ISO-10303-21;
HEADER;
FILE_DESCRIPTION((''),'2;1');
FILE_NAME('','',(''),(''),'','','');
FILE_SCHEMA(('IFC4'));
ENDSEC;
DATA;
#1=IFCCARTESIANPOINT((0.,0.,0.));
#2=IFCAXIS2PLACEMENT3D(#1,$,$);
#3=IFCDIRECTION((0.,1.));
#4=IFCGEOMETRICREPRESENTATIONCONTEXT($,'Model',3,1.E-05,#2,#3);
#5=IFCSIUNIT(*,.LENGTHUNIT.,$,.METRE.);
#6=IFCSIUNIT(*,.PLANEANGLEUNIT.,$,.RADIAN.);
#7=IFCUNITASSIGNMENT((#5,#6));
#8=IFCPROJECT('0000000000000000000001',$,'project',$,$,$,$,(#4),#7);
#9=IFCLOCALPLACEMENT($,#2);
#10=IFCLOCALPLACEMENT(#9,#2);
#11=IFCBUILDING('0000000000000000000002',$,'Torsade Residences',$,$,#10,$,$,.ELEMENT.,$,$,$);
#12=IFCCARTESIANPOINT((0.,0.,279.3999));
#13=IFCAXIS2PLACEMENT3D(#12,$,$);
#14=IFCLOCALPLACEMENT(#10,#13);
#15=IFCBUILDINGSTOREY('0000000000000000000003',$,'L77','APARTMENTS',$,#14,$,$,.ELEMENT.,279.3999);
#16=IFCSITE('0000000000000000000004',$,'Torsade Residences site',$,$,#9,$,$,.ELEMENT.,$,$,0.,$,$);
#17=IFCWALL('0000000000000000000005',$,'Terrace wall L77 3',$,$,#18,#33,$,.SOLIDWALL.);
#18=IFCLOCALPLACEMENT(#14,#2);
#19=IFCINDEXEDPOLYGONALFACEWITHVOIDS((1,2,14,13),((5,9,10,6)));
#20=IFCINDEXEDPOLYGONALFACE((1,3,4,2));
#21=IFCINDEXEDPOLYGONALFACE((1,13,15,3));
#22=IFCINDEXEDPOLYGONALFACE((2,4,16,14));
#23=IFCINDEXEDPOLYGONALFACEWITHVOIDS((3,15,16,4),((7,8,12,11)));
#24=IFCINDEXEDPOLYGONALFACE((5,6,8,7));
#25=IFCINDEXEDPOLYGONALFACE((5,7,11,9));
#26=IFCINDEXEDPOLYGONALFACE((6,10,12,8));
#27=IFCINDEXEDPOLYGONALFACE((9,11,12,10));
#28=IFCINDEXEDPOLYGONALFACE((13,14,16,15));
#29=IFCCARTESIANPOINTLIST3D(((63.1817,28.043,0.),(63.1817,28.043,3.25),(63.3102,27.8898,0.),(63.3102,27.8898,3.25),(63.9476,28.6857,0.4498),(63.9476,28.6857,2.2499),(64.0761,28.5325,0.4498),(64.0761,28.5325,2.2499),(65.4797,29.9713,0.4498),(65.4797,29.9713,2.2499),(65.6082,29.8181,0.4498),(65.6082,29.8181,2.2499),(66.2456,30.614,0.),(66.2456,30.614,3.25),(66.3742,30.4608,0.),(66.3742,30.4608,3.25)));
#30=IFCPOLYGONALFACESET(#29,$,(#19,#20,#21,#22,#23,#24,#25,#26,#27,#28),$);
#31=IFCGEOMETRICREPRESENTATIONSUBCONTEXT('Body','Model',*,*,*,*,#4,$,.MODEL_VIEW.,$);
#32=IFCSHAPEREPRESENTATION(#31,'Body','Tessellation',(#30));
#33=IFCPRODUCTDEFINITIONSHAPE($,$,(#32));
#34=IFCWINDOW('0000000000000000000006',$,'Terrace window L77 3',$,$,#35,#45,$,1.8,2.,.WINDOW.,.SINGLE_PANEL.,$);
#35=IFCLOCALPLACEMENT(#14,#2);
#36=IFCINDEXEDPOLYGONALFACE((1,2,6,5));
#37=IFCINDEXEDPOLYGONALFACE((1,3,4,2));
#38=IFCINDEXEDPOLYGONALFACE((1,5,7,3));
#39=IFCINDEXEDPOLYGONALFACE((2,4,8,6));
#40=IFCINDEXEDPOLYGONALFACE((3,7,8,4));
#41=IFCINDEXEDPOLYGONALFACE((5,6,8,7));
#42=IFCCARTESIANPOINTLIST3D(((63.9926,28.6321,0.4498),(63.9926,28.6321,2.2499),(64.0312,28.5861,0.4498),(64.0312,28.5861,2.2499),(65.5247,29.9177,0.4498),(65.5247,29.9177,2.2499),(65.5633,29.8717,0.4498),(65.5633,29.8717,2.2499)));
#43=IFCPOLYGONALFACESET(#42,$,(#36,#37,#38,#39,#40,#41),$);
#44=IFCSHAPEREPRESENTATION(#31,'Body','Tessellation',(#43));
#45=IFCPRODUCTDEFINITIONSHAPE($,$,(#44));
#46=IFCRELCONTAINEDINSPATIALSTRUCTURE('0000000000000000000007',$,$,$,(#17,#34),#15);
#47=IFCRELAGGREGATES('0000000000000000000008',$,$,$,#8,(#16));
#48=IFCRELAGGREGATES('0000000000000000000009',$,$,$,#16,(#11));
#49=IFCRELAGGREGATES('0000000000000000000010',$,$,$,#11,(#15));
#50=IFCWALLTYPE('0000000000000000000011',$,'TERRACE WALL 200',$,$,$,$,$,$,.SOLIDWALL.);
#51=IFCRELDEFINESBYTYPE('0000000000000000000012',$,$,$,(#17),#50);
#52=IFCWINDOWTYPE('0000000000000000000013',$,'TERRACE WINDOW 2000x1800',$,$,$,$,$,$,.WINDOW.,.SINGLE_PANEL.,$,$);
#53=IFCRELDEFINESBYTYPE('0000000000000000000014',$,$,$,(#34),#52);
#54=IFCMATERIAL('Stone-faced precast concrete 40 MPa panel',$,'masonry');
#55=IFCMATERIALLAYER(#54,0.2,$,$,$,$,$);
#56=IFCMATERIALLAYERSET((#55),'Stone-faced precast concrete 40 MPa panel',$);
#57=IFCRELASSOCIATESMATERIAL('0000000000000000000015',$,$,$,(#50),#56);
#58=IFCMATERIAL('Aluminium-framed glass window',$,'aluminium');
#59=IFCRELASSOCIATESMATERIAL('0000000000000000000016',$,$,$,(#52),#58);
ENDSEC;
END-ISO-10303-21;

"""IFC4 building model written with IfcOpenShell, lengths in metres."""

from ifc_helpers import new_model, si_unit, direction, frame, frame_2d, origin, place, context, subcontext, project, spatial, rectangle, extrude, material, layer, layer_set, type_object, element, fill, save


model = new_model("IFC4")

# Units and contexts
model_context = context("Model", 3, precision=1e-05, world=origin(), true_north=direction((0.0, 1.0)))
body_context = subcontext(model_context, "Body", "Model", "MODEL_VIEW")
ifc_project = project(units=[si_unit("LENGTHUNIT", "METRE"), si_unit("PLANEANGLEUNIT", "RADIAN")], contexts=[model_context])

# Site, building, storey
site_placement = place(None, origin())
site = spatial("IfcSite", under=ifc_project, at=site_placement, Name="Torsade Residences site", CompositionType="ELEMENT", RefElevation=0.0)
building_placement = place(site_placement, origin())
building = spatial("IfcBuilding", under=site, at=building_placement, Name="Torsade Residences", CompositionType="ELEMENT")
storey_placement = place(building_placement, frame((0.0, 0.0, 279.3999)))
storey = spatial("IfcBuildingStorey", under=building, at=storey_placement, Name="L77", Description="APARTMENTS", CompositionType="ELEMENT", Elevation=279.3999)

# Shared definitions
ifc_material_1 = material(Name="Stone-faced precast concrete 40 MPa panel", Category="masonry")
ifc_layer_1 = layer(ifc_material_1, 0.2)
ifc_layer_set_1 = layer_set([ifc_layer_1], Name="Stone-faced precast concrete 40 MPa panel")
wall_type_1 = type_object("IfcWallType", Name="TERRACE WALL 200", PredefinedType="SOLIDWALL", material=ifc_layer_set_1)

# Wall, opening, window
wall_1_placement = place(storey_placement, frame((63.2458, 27.9663, 0.0), z_axis=(0.0, 0.0, 1.0), x_axis=(0.766035, 0.642798, 0.0)))
wall_1 = element("IfcWall", 1, at=wall_1_placement, inside=storey, type_object=wall_type_1, Name="Terrace wall L77 3", PredefinedType="SOLIDWALL", context=body_context, shape_type="SweptSolid", body=[
    extrude(rectangle(XDim=3.9998, YDim=0.2, at=frame_2d((2.0, 0.0))), origin(), (0.0, 0.0, 1.0), 3.25),
])
opening_1_placement = place(wall_1_placement, frame((1.0, 0.0, 0.45)))
opening_1 = element("IfcOpeningElement", 2, at=opening_1_placement, cuts=wall_1, PredefinedType="OPENING", context=body_context, shape_type="SweptSolid", body=[
    extrude(rectangle(XDim=2.0, YDim=1.8, at=frame_2d((1.0, 0.8999))), frame((0.0, 0.1099, 0.0), z_axis=(0.0, -1.0, 0.0), x_axis=(1.0, 0.0, 0.0)), (0.0, 0.0, 1.0), 0.22),
])
ifc_material_2 = material(Name="Aluminium-framed glass window", Category="aluminium")
window_type = type_object("IfcWindowType", Name="TERRACE WINDOW 2000x1800", PartitioningType="SINGLE_PANEL", PredefinedType="WINDOW", material=ifc_material_2)
window_placement = place(opening_1_placement, origin())
window = element("IfcWindow", 3, at=window_placement, inside=storey, type_object=window_type, Name="Terrace window L77 3", OverallHeight=1.8, OverallWidth=2.0, PartitioningType="SINGLE_PANEL", PredefinedType="WINDOW", context=body_context, shape_type="SweptSolid", body=[
    extrude(rectangle(XDim=2.0, YDim=1.8, at=frame_2d((1.0, 0.8999))), frame((0.0, 0.03, 0.0), z_axis=(0.0, -1.0, 0.0), x_axis=(1.0, 0.0, 0.0)), (0.0, 0.0, 1.0), 0.0601),
])
fill(opening_1, window)

save(model, "model.ifc")
